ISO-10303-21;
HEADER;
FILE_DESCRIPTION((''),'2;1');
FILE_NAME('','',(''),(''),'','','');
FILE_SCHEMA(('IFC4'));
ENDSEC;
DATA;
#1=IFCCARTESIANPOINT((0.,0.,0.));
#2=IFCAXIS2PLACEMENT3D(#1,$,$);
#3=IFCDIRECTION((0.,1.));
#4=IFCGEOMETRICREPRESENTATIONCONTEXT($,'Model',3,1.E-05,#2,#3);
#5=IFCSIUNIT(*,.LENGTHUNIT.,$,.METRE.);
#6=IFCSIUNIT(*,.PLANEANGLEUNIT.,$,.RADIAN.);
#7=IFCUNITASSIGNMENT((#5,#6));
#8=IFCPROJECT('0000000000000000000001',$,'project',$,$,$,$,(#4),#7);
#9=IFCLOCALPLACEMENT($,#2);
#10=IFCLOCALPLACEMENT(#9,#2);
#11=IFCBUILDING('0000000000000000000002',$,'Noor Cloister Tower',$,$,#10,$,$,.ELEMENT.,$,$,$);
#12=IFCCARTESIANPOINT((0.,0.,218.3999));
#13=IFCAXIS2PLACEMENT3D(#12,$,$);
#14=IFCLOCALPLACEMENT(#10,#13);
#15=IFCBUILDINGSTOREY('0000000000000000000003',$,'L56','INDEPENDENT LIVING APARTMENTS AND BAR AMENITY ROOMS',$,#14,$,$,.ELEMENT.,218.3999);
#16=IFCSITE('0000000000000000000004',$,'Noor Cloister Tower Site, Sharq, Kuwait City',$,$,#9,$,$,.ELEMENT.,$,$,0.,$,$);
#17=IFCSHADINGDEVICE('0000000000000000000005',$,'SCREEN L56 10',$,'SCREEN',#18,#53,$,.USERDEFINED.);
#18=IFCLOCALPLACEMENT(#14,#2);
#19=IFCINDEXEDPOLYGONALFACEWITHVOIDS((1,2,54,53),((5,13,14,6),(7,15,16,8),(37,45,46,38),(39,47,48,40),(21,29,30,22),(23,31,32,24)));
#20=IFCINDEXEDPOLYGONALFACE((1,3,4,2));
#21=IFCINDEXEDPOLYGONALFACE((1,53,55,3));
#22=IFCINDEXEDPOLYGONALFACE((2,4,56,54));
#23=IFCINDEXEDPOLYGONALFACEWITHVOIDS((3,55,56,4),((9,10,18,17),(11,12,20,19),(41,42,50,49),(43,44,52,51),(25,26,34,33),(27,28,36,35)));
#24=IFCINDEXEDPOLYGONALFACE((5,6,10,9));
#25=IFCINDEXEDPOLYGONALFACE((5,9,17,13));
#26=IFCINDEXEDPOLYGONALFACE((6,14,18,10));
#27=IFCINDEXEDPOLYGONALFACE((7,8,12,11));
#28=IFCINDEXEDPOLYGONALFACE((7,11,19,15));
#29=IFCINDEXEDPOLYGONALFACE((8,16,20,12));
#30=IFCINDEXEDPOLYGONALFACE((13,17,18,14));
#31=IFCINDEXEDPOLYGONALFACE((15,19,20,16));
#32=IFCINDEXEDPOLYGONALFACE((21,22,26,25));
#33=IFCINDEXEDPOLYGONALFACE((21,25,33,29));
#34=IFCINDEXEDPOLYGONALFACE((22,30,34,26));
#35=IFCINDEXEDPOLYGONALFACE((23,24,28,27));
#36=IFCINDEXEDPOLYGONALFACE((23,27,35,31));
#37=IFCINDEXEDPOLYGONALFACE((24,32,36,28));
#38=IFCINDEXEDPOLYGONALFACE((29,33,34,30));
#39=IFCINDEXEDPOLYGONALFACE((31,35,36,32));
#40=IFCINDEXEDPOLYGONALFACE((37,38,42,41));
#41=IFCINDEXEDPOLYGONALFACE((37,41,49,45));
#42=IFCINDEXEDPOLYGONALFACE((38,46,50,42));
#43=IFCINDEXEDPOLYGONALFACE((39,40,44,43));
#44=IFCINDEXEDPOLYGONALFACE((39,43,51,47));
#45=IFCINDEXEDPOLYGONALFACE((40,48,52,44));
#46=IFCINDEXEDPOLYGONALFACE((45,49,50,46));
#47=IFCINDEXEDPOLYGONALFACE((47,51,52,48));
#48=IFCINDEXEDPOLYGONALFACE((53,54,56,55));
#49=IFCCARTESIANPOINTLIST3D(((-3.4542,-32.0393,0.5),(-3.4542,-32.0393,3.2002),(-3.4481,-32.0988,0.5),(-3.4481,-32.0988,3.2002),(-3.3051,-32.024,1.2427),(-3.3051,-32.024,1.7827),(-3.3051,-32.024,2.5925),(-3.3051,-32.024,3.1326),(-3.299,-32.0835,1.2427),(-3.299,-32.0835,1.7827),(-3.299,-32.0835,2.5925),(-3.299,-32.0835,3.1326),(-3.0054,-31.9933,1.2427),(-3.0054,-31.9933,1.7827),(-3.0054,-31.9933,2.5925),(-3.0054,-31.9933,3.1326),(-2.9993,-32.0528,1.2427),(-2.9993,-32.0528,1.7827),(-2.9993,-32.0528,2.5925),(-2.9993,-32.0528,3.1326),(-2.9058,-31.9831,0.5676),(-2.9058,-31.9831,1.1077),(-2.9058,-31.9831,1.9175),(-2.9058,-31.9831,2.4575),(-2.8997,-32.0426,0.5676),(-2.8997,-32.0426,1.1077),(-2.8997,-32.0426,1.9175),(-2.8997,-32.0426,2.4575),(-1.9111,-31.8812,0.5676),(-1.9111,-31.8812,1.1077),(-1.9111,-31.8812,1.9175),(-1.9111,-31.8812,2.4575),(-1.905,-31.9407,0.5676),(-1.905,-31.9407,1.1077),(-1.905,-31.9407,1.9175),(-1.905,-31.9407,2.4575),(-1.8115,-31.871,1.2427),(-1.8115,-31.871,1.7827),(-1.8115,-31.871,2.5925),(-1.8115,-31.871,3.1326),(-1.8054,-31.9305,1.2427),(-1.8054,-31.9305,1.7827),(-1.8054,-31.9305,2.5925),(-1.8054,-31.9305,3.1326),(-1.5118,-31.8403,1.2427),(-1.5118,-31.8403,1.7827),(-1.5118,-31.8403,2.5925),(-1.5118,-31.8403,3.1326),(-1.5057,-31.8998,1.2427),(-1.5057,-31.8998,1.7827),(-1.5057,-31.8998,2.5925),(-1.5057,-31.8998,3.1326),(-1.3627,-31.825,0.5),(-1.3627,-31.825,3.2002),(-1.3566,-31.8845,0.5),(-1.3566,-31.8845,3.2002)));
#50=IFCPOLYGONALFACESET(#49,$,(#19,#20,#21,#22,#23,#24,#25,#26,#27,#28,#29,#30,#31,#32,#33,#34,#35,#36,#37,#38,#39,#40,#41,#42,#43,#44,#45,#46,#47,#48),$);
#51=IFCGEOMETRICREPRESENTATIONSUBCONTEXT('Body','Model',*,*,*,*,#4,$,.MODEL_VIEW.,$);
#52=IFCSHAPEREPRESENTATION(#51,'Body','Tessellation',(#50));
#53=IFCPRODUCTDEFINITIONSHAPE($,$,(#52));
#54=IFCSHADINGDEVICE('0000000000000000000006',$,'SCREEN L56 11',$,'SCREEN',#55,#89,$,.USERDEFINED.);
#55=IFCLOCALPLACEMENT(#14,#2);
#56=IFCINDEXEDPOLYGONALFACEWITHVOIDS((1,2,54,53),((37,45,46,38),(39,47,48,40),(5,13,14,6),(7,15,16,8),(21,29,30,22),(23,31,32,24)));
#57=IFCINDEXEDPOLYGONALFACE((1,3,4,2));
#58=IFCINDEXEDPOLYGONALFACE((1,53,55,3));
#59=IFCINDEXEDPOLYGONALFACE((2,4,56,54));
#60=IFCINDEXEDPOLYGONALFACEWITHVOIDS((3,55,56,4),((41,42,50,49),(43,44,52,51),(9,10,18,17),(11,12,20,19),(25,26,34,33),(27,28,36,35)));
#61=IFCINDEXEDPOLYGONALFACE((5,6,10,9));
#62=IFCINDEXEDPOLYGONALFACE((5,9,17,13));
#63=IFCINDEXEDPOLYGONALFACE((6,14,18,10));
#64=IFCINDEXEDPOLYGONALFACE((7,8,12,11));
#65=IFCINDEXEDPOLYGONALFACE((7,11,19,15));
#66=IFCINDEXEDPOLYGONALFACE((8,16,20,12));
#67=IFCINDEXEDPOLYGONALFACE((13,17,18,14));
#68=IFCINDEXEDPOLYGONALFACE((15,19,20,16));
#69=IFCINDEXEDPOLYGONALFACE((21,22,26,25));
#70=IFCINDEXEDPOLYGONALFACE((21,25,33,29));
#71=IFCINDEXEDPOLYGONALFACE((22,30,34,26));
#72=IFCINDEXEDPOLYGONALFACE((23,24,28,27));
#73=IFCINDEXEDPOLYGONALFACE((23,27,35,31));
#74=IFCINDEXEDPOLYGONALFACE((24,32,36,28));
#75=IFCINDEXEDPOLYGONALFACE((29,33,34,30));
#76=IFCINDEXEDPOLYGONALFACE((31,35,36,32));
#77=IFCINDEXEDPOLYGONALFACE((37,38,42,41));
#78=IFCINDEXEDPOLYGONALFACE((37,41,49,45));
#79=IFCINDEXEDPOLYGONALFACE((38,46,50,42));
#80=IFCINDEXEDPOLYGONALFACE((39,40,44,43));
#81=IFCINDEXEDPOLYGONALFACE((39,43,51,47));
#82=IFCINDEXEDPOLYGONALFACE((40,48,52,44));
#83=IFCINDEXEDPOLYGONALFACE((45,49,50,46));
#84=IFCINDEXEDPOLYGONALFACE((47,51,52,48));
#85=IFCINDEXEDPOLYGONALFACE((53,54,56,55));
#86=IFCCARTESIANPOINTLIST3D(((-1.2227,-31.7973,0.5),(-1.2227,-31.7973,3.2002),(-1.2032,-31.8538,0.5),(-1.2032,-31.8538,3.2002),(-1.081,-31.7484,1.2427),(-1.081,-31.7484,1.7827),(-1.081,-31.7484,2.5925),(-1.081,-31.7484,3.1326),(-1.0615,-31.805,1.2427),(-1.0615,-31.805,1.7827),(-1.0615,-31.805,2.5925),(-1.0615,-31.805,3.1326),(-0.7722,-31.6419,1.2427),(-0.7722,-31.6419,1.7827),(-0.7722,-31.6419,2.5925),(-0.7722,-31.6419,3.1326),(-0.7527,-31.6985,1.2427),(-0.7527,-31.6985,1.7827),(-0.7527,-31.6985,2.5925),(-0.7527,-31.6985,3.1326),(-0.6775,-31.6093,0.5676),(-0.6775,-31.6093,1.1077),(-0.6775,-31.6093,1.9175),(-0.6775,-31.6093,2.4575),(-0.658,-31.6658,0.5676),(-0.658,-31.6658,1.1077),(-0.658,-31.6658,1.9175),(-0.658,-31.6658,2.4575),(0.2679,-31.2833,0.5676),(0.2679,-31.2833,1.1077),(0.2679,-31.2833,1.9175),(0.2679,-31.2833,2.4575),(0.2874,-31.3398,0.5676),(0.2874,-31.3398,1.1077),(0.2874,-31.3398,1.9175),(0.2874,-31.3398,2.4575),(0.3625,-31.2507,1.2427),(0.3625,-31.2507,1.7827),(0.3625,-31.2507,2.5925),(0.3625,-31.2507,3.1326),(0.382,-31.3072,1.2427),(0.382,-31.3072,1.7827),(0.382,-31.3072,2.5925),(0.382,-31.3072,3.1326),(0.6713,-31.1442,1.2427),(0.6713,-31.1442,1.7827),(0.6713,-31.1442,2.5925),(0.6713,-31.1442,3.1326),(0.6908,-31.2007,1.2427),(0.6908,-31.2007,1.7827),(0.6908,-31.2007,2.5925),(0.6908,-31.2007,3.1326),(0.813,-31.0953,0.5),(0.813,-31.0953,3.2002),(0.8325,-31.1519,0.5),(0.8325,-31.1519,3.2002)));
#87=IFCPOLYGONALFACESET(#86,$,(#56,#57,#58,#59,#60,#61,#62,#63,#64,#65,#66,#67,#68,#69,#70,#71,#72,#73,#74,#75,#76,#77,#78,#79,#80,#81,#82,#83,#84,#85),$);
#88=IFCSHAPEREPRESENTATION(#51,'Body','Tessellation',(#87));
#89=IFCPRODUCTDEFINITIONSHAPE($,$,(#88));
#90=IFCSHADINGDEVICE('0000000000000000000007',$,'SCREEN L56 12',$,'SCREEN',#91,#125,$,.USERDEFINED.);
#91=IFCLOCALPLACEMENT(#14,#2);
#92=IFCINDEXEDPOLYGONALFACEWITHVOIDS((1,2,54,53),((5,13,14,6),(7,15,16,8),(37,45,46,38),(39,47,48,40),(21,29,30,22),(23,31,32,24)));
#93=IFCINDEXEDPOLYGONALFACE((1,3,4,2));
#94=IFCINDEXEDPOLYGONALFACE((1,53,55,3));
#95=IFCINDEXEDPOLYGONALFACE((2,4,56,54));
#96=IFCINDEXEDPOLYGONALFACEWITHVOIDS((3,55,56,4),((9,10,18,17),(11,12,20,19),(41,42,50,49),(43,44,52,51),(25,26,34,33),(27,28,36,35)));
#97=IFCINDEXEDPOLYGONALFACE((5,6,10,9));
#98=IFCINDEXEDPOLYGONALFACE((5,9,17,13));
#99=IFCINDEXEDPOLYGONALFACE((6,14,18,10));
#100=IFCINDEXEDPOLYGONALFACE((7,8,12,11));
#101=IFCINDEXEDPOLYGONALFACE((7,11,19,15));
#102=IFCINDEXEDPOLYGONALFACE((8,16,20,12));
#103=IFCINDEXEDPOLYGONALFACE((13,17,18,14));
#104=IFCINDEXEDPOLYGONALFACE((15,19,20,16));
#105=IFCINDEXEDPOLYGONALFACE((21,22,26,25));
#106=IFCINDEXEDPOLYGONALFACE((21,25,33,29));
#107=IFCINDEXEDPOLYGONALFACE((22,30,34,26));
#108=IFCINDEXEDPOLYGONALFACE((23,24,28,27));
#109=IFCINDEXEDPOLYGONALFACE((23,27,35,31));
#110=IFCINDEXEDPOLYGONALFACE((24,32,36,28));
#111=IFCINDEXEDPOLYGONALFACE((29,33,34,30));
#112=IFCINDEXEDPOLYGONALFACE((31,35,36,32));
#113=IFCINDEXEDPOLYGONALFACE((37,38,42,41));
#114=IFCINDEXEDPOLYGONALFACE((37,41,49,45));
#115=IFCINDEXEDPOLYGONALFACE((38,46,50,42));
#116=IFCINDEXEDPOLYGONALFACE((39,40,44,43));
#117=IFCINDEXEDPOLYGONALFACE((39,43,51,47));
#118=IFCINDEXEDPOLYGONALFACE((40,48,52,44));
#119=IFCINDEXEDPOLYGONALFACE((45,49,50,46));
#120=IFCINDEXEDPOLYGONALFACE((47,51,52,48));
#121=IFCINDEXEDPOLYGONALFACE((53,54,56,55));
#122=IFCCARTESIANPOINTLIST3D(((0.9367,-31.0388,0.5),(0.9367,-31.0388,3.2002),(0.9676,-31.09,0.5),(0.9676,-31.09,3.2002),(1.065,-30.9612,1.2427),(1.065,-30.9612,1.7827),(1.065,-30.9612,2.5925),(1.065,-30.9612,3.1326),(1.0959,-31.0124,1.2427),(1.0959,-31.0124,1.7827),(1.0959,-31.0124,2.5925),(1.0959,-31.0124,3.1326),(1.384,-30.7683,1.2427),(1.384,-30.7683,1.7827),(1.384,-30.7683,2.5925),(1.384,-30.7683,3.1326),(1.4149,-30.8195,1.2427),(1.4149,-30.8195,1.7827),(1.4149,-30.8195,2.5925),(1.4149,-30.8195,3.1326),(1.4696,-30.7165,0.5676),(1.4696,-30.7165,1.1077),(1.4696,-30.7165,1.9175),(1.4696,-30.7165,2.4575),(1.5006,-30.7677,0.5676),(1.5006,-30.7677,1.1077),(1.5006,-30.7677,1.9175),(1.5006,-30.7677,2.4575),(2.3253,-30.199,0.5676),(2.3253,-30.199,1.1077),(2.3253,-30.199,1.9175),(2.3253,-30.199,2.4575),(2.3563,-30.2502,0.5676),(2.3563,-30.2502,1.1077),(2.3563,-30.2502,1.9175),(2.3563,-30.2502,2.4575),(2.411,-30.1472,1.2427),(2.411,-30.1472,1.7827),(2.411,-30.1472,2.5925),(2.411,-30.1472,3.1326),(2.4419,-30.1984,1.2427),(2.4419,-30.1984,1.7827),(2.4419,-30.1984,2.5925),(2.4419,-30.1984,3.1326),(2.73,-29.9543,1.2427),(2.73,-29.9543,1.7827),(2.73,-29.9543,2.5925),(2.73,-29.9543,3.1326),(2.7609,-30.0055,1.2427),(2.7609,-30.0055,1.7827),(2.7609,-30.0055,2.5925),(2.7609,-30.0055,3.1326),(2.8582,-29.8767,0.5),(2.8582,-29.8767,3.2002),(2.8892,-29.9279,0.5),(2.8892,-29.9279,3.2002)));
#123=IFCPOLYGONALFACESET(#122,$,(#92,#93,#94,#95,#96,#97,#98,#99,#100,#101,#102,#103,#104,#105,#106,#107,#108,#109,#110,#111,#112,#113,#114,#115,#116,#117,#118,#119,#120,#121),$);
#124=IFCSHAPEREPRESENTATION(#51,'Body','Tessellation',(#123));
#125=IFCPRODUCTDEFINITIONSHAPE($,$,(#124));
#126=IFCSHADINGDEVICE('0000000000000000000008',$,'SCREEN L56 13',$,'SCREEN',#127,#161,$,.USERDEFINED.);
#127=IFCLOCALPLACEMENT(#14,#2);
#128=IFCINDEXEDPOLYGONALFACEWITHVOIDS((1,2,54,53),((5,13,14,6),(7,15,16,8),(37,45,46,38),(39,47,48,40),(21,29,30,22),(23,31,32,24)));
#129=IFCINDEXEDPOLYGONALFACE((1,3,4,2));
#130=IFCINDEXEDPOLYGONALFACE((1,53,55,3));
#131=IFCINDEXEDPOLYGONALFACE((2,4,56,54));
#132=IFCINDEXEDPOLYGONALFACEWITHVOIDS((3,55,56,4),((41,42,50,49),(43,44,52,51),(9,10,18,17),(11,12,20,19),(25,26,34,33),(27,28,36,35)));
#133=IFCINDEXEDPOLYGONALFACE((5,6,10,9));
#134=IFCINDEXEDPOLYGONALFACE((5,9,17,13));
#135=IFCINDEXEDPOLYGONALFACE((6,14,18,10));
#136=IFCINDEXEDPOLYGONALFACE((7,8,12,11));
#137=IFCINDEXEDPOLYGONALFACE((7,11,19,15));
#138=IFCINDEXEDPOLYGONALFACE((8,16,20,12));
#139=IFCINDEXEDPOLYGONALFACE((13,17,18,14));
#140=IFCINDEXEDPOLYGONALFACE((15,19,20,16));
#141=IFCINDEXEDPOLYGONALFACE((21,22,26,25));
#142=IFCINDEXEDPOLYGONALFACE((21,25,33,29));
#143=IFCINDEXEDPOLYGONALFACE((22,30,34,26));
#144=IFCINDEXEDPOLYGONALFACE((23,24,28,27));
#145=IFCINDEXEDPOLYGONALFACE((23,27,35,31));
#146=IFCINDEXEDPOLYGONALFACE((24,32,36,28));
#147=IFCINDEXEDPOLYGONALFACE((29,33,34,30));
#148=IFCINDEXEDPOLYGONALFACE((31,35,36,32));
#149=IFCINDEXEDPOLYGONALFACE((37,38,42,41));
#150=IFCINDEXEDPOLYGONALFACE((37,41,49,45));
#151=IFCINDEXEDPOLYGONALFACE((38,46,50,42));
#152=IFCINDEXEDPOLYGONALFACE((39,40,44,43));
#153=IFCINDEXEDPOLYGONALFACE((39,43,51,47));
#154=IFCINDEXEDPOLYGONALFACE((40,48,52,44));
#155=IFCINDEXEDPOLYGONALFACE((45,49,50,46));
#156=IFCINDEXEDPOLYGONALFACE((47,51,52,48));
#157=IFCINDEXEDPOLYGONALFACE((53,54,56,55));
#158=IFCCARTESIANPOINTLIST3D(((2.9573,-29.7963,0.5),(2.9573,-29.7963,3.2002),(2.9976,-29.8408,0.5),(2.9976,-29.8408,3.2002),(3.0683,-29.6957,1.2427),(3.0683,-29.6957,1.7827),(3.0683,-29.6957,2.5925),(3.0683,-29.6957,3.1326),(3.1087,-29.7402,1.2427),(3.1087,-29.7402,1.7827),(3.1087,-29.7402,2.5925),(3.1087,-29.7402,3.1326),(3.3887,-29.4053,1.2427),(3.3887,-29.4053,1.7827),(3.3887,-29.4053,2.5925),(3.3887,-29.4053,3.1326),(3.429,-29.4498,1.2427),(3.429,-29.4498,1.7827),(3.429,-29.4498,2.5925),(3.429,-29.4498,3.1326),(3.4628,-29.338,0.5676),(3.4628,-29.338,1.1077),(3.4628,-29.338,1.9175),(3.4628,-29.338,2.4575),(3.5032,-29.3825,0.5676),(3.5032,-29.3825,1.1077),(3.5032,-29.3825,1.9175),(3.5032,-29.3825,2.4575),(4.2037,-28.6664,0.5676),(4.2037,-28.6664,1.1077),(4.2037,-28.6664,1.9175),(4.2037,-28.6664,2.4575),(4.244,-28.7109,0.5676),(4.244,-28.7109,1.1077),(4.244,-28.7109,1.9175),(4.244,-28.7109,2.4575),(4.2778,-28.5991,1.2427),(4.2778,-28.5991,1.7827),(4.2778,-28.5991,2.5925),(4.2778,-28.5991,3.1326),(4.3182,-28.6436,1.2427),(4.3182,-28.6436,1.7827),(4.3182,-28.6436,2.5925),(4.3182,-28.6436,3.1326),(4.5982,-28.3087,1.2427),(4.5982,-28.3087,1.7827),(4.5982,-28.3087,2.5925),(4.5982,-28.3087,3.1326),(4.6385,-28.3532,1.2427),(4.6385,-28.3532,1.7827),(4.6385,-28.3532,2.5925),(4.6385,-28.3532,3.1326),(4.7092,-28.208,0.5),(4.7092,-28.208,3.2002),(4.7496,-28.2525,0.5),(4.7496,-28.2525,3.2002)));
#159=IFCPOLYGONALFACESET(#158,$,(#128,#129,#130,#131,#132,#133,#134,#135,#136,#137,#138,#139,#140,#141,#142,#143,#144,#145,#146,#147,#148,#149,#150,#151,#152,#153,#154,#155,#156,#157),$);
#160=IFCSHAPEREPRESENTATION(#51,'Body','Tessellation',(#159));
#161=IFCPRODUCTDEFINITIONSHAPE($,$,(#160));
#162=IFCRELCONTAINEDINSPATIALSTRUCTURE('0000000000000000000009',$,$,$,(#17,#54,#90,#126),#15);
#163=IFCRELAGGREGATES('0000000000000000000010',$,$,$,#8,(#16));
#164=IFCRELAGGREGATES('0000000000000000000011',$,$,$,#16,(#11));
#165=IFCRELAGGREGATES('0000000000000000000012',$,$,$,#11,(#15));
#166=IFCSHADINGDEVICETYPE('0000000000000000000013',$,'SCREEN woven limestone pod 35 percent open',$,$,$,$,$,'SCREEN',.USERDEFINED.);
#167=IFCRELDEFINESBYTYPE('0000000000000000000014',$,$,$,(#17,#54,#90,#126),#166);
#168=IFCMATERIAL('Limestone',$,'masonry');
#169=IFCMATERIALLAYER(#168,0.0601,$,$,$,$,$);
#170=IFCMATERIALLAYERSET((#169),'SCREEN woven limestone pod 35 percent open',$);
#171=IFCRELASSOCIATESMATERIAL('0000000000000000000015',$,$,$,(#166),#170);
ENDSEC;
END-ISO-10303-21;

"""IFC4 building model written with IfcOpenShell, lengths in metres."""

from ifc_helpers import new_model, si_unit, direction, frame, origin, place, context, subcontext, project, spatial, polyline, outline, extrude, material, layer, layer_set, type_object, element, save


model = new_model("IFC4")

# Units and contexts
model_context = context("Model", 3, precision=1e-05, world=origin(), true_north=direction((0.0, 1.0)))
body_context = subcontext(model_context, "Body", "Model", "MODEL_VIEW")
ifc_project = project(units=[si_unit("LENGTHUNIT", "METRE"), si_unit("PLANEANGLEUNIT", "RADIAN")], contexts=[model_context])

# Site, building, storey
site_placement = place(None, origin())
site = spatial("IfcSite", under=ifc_project, at=site_placement, Name="Noor Cloister Tower Site, Sharq, Kuwait City", CompositionType="ELEMENT", RefElevation=0.0)
building_placement = place(site_placement, origin())
building = spatial("IfcBuilding", under=site, at=building_placement, Name="Noor Cloister Tower", CompositionType="ELEMENT")
storey_placement = place(building_placement, frame((0.0, 0.0, 218.3999)))
storey = spatial("IfcBuildingStorey", under=building, at=storey_placement, Name="L56", Description="INDEPENDENT LIVING APARTMENTS AND BAR AMENITY ROOMS", CompositionType="ELEMENT", Elevation=218.3999)

# Shading devices
ifc_material_1 = material(Name="Limestone", Category="masonry")
ifc_layer_1 = layer(ifc_material_1, 0.0601)
ifc_layer_set_1 = layer_set([ifc_layer_1], Name="SCREEN woven limestone pod 35 percent open")
shading_device_type = type_object("IfcShadingDeviceType", Name="SCREEN woven limestone pod 35 percent open", ElementType="SCREEN", PredefinedType="USERDEFINED", material=ifc_layer_set_1)
shading_device_1_placement = place(storey_placement, frame((-2.4084, -31.9321, 1.8501), z_axis=(0.101925, -0.994792, 0.0), x_axis=(0.994792, 0.101925, 0.0)))
element("IfcShadingDevice", 1, at=shading_device_1_placement, inside=storey, type_object=shading_device_type, Name="SCREEN L56 10", ObjectType="SCREEN", PredefinedType="USERDEFINED", context=body_context, shape_type="SweptSolid", body=[
    extrude(outline(polyline([(-1.0513, -1.3501), (1.0513, -1.3501), (1.0513, 1.3501), (-1.0513, 1.3501), (-1.0513, -1.3501)]), holes=[polyline([(-0.5, -1.2825), (0.5, -1.2825), (0.5, -0.7424), (-0.5, -0.7424), (-0.5, -1.2825)]), polyline([(0.6001, -0.6074), (0.9014, -0.6074), (0.9014, -0.0674), (0.6001, -0.0674), (0.6001, -0.6074)]), polyline([(-0.9014, -0.6074), (-0.6001, -0.6074), (-0.6001, -0.0674), (-0.9014, -0.0674), (-0.9014, -0.6074)]), polyline([(-0.5, 0.0674), (0.5, 0.0674), (0.5, 0.6074), (-0.5, 0.6074), (-0.5, 0.0674)]), polyline([(0.6001, 0.7424), (0.9014, 0.7424), (0.9014, 1.2825), (0.6001, 1.2825), (0.6001, 0.7424)]), polyline([(-0.9014, 0.7424), (-0.6001, 0.7424), (-0.6001, 1.2825), (-0.9014, 1.2825), (-0.9014, 0.7424)])]), origin(), (0.0, 0.0, 1.0), 0.0598),
])
shading_device_2_placement = place(storey_placement, frame((-0.2048, -31.4463, 1.8501), z_axis=(0.325991, -0.945373, 0.0), x_axis=(0.945373, 0.325991, 0.0)))
element("IfcShadingDevice", 2, at=shading_device_2_placement, inside=storey, type_object=shading_device_type, Name="SCREEN L56 11", ObjectType="SCREEN", PredefinedType="USERDEFINED", context=body_context, shape_type="SweptSolid", body=[
    extrude(outline(polyline([(-1.0767, -1.3501), (1.0767, -1.3501), (1.0767, 1.3501), (-1.0767, 1.3501), (-1.0767, -1.3501)]), holes=[polyline([(-0.5, -1.2825), (0.5, -1.2825), (0.5, -0.7424), (-0.5, -0.7424), (-0.5, -1.2825)]), polyline([(0.6001, -0.6074), (0.9268, -0.6074), (0.9268, -0.0674), (0.6001, -0.0674), (0.6001, -0.6074)]), polyline([(-0.9268, -0.6074), (-0.6001, -0.6074), (-0.6001, -0.0674), (-0.9268, -0.0674), (-0.9268, -0.6074)]), polyline([(-0.5, 0.0674), (0.5, 0.0674), (0.5, 0.6074), (-0.5, 0.6074), (-0.5, 0.0674)]), polyline([(0.6001, 0.7424), (0.9268, 0.7424), (0.9268, 1.2825), (0.6001, 1.2825), (0.6001, 0.7424)]), polyline([(-0.9268, 0.7424), (-0.6001, 0.7424), (-0.6001, 1.2825), (-0.9268, 1.2825), (-0.9268, 0.7424)])]), origin(), (0.0, 0.0, 1.0), 0.0598),
])
shading_device_3_placement = place(storey_placement, frame((1.8975, -30.4578, 1.8501), z_axis=(0.517489, -0.85569, 0.0), x_axis=(0.85569, 0.517489, 0.0)))
element("IfcShadingDevice", 3, at=shading_device_3_placement, inside=storey, type_object=shading_device_type, Name="SCREEN L56 12", ObjectType="SCREEN", PredefinedType="USERDEFINED", context=body_context, shape_type="SweptSolid", body=[
    extrude(outline(polyline([(-1.1228, -1.3501), (1.1228, -1.3501), (1.1228, 1.3501), (-1.1228, 1.3501), (-1.1228, -1.3501)]), holes=[polyline([(-0.5, -1.2825), (0.5, -1.2825), (0.5, -0.7424), (-0.5, -0.7424), (-0.5, -1.2825)]), polyline([(0.6001, -0.6074), (0.9729, -0.6074), (0.9729, -0.0674), (0.6001, -0.0674), (0.6001, -0.6074)]), polyline([(-0.9729, -0.6074), (-0.6001, -0.6074), (-0.6001, -0.0674), (-0.9729, -0.0674), (-0.9729, -0.6074)]), polyline([(-0.5, 0.0674), (0.5, 0.0674), (0.5, 0.6074), (-0.5, 0.6074), (-0.5, 0.0674)]), polyline([(0.6001, 0.7424), (0.9729, 0.7424), (0.9729, 1.2825), (0.6001, 1.2825), (0.6001, 0.7424)]), polyline([(-0.9729, 0.7424), (-0.6001, 0.7424), (-0.6001, 1.2825), (-0.9729, 1.2825), (-0.9729, 0.7424)])]), origin(), (0.0, 0.0, 1.0), 0.0598),
])
shading_device_4_placement = place(storey_placement, frame((3.8333, -29.0022, 1.8501), z_axis=(0.671659, -0.74086, 0.0), x_axis=(0.74086, 0.671659, 0.0)))
element("IfcShadingDevice", 4, at=shading_device_4_placement, inside=storey, type_object=shading_device_type, Name="SCREEN L56 13", ObjectType="SCREEN", PredefinedType="USERDEFINED", context=body_context, shape_type="SweptSolid", body=[
    extrude(outline(polyline([(-1.1824, -1.3501), (1.1824, -1.3501), (1.1824, 1.3501), (-1.1824, 1.3501), (-1.1824, -1.3501)]), holes=[polyline([(-0.5, -1.2825), (0.5, -1.2825), (0.5, -0.7424), (-0.5, -0.7424), (-0.5, -1.2825)]), polyline([(0.6001, -0.6074), (1.0325, -0.6074), (1.0325, -0.0674), (0.6001, -0.0674), (0.6001, -0.6074)]), polyline([(-1.0325, -0.6074), (-0.6001, -0.6074), (-0.6001, -0.0674), (-1.0325, -0.0674), (-1.0325, -0.6074)]), polyline([(-0.5, 0.0674), (0.5, 0.0674), (0.5, 0.6074), (-0.5, 0.6074), (-0.5, 0.0674)]), polyline([(0.6001, 0.7424), (1.0325, 0.7424), (1.0325, 1.2825), (0.6001, 1.2825), (0.6001, 0.7424)]), polyline([(-1.0325, 0.7424), (-0.6001, 0.7424), (-0.6001, 1.2825), (-1.0325, 1.2825), (-1.0325, 0.7424)])]), origin(), (0.0, 0.0, 1.0), 0.0601),
])

save(model, "model.ifc")
